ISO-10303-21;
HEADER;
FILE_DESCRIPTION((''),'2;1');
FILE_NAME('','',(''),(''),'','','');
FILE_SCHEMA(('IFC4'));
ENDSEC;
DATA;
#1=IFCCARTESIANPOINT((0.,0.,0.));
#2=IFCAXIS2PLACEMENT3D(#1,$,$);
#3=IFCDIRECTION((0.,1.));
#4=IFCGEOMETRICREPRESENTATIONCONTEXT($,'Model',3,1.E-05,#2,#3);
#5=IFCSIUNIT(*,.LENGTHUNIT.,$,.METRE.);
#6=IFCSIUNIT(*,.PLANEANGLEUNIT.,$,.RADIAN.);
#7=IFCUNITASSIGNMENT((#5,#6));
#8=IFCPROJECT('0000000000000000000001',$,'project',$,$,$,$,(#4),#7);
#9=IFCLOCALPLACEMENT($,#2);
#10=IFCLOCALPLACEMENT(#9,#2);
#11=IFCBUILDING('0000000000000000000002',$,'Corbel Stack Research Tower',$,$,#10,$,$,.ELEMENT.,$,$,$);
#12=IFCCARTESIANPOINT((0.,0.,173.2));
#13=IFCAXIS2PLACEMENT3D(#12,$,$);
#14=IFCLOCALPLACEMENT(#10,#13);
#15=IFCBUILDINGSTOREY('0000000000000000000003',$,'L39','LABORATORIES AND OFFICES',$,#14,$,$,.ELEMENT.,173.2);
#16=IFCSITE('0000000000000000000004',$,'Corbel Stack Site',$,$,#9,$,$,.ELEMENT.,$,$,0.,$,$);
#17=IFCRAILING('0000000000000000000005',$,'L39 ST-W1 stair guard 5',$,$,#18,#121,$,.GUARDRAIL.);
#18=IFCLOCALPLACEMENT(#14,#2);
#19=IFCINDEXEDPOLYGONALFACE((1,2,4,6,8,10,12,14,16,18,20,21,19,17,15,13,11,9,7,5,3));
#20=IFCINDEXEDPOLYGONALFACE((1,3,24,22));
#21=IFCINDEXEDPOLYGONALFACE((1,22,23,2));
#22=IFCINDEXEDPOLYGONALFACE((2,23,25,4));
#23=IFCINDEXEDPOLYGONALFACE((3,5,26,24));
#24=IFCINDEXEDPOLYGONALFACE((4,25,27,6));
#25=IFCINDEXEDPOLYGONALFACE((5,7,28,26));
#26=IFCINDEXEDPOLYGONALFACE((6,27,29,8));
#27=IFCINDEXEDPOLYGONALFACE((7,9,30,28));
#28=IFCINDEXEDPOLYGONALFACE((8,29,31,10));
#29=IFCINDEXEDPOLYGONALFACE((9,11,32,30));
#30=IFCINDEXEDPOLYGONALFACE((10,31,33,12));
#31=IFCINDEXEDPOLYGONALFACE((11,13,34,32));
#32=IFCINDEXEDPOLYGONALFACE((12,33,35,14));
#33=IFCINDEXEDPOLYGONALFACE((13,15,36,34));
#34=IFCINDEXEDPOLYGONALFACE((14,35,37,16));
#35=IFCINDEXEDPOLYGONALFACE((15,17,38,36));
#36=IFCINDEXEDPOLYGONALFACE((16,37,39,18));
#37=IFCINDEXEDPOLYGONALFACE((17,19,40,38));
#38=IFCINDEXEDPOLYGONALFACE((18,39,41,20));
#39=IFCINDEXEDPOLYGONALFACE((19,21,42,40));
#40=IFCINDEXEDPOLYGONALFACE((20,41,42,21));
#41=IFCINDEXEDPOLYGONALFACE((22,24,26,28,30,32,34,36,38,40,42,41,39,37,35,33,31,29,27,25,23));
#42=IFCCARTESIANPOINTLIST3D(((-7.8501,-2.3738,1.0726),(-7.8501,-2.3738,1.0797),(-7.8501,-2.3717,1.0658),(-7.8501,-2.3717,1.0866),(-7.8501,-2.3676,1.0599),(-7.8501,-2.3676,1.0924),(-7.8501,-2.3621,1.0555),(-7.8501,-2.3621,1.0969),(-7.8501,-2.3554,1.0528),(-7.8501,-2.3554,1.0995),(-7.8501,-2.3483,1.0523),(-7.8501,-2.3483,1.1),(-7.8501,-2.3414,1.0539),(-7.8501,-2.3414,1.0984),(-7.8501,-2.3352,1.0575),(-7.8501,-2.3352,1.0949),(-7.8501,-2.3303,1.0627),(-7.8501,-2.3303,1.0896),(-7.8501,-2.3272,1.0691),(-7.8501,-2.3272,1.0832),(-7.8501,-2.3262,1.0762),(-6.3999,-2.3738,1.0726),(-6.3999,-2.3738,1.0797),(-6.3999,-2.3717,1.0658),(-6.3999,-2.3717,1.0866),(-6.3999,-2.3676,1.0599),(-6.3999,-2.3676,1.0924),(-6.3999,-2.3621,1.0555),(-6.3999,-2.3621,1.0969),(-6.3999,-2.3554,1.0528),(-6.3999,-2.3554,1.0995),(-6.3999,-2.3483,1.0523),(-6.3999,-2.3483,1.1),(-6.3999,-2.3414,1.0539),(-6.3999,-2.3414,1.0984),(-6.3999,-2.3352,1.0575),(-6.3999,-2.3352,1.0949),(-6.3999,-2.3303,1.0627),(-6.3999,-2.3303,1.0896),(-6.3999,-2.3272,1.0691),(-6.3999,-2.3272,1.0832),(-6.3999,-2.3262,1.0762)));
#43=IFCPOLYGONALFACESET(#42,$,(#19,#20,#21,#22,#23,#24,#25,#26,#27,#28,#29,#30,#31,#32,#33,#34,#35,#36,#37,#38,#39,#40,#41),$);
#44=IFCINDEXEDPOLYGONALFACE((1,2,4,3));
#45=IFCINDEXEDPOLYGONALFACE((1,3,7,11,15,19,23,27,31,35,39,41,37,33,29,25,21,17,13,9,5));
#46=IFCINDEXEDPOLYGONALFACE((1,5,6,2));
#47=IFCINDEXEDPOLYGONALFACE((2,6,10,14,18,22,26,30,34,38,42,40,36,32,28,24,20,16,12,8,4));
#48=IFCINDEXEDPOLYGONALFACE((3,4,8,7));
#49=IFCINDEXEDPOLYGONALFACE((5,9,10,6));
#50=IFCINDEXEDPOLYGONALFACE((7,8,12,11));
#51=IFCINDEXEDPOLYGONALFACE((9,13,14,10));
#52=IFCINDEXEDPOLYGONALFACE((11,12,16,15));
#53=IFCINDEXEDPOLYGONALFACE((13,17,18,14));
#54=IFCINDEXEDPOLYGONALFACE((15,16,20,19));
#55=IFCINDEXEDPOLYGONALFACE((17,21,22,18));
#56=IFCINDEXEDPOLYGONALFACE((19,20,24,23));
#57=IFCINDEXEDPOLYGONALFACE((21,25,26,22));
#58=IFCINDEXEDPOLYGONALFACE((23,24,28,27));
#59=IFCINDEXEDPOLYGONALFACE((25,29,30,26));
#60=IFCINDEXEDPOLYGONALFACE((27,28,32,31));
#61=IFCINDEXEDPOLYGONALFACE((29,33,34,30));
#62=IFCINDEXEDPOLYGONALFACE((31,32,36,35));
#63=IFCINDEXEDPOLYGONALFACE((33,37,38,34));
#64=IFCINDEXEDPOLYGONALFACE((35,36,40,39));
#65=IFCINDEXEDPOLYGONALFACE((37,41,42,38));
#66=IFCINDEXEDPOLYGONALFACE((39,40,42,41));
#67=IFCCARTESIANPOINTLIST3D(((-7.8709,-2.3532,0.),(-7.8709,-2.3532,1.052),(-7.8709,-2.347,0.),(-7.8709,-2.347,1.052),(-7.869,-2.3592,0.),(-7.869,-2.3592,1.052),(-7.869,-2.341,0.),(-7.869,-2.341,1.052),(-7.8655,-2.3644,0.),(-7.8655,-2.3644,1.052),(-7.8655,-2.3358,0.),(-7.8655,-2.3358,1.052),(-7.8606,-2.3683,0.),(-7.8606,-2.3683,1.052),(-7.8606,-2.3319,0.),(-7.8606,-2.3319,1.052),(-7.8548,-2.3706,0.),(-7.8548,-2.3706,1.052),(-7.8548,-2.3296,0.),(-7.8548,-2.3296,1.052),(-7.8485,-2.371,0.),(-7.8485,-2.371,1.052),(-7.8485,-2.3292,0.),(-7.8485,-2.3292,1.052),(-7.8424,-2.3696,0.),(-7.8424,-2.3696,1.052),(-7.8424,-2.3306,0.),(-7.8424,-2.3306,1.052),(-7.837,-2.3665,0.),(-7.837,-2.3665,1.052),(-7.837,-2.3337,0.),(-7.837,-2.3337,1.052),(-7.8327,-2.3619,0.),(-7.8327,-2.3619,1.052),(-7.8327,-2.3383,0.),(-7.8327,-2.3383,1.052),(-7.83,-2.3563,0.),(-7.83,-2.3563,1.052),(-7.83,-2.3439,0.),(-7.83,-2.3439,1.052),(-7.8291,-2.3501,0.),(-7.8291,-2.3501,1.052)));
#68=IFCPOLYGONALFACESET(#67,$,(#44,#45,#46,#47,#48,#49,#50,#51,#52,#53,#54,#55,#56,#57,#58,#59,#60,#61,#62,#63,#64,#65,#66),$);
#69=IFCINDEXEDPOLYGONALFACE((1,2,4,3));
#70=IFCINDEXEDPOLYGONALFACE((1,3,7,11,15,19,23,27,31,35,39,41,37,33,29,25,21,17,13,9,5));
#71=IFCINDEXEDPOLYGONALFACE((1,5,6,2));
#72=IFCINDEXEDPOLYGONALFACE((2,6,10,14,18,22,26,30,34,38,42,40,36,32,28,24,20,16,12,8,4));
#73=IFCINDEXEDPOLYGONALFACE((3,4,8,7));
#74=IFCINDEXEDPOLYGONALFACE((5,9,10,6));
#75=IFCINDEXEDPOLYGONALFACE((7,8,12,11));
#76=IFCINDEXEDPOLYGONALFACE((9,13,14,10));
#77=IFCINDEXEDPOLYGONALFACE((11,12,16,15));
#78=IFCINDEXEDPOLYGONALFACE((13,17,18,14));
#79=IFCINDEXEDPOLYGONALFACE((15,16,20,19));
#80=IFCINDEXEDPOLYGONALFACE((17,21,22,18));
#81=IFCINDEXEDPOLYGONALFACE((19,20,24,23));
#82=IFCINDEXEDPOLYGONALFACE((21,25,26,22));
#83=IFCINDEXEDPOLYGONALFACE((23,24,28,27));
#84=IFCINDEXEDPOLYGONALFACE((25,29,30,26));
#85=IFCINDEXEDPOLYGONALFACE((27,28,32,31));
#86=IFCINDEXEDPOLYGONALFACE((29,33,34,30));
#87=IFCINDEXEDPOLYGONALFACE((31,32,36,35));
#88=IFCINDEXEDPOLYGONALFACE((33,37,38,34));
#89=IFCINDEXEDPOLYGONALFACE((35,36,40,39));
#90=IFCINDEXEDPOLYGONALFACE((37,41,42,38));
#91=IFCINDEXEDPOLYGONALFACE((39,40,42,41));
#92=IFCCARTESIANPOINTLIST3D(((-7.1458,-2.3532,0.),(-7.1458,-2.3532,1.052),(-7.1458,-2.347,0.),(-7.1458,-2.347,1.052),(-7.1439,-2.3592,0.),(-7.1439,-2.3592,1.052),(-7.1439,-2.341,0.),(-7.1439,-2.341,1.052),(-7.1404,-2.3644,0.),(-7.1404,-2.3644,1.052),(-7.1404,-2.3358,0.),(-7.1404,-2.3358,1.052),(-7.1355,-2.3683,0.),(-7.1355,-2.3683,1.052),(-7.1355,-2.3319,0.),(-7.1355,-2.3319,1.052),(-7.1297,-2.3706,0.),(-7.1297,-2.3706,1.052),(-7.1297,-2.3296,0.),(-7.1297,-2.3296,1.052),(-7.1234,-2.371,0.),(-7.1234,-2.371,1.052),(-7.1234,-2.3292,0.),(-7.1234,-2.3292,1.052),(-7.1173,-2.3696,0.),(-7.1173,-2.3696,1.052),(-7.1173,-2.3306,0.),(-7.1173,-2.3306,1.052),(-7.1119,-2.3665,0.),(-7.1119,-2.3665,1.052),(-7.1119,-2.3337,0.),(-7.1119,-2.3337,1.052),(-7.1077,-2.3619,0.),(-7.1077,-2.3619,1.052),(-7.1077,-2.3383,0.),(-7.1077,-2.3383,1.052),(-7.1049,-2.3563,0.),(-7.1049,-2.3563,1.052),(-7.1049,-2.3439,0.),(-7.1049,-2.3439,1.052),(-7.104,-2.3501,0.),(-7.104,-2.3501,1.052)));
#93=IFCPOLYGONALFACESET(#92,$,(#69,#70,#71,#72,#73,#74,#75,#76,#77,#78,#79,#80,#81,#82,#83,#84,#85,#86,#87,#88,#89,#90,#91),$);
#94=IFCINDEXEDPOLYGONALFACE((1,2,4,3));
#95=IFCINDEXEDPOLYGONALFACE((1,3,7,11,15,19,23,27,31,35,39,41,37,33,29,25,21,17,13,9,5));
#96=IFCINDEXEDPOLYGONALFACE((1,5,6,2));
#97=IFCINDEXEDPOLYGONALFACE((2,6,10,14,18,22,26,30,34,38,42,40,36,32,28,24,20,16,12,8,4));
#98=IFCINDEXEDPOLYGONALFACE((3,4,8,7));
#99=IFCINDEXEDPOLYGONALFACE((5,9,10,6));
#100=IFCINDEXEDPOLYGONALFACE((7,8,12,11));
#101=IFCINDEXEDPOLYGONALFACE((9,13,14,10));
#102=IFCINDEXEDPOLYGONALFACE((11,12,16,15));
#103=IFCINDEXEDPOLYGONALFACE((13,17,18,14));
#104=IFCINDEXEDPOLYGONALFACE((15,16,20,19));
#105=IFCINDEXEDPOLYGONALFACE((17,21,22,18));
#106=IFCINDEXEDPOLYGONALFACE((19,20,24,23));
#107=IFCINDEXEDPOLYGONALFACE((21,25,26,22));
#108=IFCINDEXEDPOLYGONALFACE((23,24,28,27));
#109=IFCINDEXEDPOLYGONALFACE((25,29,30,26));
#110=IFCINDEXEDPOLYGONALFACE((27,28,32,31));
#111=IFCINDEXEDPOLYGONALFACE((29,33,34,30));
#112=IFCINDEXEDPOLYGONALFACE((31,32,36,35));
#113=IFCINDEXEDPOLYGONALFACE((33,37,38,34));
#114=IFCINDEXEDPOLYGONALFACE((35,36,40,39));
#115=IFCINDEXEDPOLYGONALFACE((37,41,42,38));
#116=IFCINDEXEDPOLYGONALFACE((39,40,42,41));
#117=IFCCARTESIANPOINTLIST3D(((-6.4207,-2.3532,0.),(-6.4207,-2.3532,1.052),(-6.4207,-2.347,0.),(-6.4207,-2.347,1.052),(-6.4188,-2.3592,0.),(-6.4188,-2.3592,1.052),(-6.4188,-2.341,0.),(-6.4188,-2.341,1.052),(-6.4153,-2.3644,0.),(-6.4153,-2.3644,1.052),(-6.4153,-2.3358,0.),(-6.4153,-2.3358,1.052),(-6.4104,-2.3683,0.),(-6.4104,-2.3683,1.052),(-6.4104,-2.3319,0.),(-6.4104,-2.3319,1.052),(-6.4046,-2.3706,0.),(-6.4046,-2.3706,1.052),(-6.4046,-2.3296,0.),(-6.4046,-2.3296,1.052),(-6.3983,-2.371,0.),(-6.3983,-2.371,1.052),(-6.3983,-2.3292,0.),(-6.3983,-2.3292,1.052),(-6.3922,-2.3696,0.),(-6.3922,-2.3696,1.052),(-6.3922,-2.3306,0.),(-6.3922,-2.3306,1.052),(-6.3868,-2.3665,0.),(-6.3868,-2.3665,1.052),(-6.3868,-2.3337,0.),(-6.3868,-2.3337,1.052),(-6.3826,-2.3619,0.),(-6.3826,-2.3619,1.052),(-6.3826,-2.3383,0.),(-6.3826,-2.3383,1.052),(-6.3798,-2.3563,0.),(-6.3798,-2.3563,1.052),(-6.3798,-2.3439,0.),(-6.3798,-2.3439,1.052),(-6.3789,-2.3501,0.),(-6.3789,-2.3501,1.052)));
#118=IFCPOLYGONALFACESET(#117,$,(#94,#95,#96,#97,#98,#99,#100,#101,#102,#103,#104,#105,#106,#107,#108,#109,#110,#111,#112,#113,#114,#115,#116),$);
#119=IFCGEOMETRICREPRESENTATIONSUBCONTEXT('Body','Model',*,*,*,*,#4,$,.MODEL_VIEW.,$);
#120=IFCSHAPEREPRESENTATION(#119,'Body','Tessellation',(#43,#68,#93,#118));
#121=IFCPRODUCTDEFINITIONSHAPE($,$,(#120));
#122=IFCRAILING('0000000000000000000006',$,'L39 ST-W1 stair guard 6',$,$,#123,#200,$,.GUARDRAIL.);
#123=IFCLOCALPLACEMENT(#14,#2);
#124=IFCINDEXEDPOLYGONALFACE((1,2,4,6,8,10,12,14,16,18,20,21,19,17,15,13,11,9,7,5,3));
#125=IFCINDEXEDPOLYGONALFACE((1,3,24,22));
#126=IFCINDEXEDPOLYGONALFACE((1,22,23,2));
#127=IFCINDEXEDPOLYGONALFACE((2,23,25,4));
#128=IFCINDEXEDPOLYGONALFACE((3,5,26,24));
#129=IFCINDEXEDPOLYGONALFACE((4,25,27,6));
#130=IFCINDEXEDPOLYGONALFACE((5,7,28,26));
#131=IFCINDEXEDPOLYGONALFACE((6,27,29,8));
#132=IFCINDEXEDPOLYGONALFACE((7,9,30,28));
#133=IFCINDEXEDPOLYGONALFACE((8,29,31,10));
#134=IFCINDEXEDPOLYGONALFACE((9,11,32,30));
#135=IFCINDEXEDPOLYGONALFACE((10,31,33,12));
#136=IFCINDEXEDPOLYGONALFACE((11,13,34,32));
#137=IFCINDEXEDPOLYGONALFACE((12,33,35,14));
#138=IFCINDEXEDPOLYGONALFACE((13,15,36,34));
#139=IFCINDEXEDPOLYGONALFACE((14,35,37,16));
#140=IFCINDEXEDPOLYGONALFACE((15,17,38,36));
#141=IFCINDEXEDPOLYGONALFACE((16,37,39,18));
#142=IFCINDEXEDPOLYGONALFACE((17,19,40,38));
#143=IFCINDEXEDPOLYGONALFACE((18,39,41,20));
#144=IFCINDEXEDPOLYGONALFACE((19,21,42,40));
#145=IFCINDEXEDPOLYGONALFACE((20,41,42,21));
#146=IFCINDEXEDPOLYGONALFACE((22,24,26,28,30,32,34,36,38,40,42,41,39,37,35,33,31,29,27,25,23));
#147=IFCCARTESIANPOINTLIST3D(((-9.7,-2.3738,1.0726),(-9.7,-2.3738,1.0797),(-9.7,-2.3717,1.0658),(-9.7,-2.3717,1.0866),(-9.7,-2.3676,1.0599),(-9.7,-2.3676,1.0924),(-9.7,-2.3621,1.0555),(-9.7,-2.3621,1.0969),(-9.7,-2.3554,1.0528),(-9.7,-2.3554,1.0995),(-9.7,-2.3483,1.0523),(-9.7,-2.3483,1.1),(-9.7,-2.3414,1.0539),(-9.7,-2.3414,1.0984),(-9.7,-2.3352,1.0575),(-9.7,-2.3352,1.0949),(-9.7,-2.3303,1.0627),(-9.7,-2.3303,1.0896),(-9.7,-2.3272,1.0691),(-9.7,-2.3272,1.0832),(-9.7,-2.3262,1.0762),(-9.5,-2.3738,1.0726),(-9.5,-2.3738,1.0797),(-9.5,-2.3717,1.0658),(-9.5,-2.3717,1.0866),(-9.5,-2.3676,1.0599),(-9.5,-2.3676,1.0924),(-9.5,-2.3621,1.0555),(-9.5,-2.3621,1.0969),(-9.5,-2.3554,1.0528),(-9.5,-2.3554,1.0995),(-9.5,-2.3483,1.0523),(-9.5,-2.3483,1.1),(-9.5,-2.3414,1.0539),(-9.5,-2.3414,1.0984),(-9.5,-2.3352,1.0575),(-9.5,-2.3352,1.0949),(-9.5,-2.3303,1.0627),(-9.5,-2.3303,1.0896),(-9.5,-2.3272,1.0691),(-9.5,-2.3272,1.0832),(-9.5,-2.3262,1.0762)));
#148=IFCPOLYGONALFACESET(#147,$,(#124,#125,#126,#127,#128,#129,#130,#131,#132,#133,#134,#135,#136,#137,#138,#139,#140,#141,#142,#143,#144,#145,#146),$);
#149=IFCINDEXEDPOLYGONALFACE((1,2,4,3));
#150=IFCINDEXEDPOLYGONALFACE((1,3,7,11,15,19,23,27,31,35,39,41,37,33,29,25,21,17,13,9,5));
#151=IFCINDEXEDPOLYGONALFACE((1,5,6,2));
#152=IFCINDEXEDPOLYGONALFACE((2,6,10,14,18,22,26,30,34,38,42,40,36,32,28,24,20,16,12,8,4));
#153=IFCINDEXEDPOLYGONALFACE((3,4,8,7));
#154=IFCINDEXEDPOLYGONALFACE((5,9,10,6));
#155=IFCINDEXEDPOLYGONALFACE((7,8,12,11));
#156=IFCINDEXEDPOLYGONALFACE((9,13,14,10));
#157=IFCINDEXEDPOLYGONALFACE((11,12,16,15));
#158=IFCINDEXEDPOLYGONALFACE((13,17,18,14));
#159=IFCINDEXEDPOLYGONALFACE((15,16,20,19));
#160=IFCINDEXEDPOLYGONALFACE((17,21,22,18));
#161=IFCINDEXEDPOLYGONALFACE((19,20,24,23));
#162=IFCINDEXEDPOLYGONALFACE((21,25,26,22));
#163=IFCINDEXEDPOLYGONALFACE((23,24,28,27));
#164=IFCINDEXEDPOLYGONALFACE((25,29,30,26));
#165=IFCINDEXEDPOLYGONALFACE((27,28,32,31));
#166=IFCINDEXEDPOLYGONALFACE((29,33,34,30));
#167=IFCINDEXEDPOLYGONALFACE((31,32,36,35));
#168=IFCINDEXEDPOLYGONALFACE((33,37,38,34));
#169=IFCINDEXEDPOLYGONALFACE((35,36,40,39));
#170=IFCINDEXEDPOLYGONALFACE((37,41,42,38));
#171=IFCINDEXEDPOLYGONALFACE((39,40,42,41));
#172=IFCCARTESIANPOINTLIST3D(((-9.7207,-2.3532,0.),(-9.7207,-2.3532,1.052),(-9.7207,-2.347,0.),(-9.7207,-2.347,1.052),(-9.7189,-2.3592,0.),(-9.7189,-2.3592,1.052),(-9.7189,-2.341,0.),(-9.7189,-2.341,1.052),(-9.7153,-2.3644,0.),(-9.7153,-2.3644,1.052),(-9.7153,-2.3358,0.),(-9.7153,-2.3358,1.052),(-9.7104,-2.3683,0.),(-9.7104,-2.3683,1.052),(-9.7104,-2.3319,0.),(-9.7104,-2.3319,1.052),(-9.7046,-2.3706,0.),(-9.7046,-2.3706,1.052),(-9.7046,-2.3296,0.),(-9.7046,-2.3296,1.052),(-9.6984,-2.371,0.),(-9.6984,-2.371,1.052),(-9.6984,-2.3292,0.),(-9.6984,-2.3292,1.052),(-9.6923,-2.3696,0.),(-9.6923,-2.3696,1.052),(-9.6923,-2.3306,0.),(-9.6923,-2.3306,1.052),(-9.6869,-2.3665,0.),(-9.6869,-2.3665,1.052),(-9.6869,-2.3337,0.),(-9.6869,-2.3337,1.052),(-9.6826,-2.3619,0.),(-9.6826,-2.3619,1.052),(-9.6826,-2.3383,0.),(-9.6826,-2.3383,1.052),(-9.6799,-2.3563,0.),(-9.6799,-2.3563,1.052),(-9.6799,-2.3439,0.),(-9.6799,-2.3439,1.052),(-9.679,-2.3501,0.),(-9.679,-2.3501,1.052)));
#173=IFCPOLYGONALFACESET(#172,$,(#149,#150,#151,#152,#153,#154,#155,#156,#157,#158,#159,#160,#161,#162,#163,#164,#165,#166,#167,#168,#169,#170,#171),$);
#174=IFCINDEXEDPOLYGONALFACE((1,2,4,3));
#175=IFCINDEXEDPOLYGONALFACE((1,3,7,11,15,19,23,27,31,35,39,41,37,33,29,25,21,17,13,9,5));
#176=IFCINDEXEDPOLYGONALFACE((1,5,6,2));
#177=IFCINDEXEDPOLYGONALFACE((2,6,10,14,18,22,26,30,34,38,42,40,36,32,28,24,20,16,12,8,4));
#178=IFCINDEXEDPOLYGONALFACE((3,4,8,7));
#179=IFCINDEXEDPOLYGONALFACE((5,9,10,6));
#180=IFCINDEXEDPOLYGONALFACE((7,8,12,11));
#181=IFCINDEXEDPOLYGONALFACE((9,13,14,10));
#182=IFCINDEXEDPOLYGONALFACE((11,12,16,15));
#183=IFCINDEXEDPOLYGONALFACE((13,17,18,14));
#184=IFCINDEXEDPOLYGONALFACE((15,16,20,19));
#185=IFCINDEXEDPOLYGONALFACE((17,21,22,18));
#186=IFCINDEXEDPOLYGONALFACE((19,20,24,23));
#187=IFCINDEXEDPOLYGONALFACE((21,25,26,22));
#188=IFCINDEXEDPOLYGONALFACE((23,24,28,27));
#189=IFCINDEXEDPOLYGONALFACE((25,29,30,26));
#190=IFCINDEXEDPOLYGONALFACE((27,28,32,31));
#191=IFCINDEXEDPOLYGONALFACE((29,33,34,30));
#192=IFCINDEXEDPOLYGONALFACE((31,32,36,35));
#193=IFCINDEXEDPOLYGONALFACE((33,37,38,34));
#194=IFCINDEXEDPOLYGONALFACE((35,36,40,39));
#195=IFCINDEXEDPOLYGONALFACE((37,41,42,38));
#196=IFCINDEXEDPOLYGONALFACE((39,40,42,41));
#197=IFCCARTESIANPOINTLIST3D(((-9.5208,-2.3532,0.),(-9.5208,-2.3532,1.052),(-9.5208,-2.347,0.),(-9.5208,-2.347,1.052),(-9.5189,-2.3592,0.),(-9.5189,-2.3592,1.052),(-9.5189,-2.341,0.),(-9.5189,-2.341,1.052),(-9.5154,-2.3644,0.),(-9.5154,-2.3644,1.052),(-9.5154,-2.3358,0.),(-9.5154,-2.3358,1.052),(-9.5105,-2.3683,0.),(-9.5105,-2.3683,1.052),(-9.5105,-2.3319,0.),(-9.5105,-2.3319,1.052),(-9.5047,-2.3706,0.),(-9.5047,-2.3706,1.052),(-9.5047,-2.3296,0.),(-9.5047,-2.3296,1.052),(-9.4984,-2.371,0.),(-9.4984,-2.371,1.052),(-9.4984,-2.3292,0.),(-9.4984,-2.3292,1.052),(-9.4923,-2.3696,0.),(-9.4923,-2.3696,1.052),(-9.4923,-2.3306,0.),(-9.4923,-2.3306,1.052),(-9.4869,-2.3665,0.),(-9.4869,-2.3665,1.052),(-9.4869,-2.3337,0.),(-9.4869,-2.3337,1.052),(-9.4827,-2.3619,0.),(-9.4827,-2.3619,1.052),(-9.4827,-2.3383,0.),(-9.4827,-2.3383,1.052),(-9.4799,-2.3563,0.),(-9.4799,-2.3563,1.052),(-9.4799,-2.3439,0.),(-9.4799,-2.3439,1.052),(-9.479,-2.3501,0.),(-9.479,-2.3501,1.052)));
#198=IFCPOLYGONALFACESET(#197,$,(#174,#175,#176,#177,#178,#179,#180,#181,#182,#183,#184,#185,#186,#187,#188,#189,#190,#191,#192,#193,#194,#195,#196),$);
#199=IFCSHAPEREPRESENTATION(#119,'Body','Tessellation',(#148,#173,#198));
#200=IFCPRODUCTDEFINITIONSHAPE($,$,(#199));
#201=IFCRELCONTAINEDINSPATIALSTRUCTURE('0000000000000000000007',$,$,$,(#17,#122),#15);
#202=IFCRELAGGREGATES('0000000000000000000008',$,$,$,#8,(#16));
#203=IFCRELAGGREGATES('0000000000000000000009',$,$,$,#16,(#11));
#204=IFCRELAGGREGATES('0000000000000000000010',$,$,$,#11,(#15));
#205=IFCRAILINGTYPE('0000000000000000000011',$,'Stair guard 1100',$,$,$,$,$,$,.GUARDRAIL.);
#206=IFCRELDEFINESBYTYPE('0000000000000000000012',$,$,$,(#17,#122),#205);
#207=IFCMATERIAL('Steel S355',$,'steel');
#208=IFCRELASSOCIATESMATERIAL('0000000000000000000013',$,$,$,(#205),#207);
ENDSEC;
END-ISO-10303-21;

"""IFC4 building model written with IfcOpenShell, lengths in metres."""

from ifc_helpers import new_model, si_unit, direction, frame, origin, origin_2d, place, context, subcontext, project, spatial, circle, extrude, material, type_object, element, save


model = new_model("IFC4")

# Units and contexts
model_context = context("Model", 3, precision=1e-05, world=origin(), true_north=direction((0.0, 1.0)))
body_context = subcontext(model_context, "Body", "Model", "MODEL_VIEW")
ifc_project = project(units=[si_unit("LENGTHUNIT", "METRE"), si_unit("PLANEANGLEUNIT", "RADIAN")], contexts=[model_context])

# Site, building, storey
site_placement = place(None, origin())
site = spatial("IfcSite", under=ifc_project, at=site_placement, Name="Corbel Stack Site", CompositionType="ELEMENT", RefElevation=0.0)
building_placement = place(site_placement, origin())
building = spatial("IfcBuilding", under=site, at=building_placement, Name="Corbel Stack Research Tower", CompositionType="ELEMENT")
storey_placement = place(building_placement, frame((0.0, 0.0, 173.2)))
storey = spatial("IfcBuildingStorey", under=building, at=storey_placement, Name="L39", Description="LABORATORIES AND OFFICES", CompositionType="ELEMENT", Elevation=173.2)

# Railings
ifc_material_1 = material(Name="Steel S355", Category="steel")
railing_type_1 = type_object("IfcRailingType", Name="Stair guard 1100", PredefinedType="GUARDRAIL", material=ifc_material_1)
railing_1_placement = place(storey_placement, frame((-7.8501, -2.3501, 0.0)))
element("IfcRailing", 1, at=railing_1_placement, inside=storey, type_object=railing_type_1, Name="L39 ST-W1 stair guard 5", PredefinedType="GUARDRAIL", context=body_context, shape_type="SweptSolid", body=[
    extrude(circle(Radius=0.0239, at=origin_2d()), frame((0.0, 0.0, 1.0762), z_axis=(1.0, 0.0, 0.0), x_axis=(0.0, 1.0, 0.0)), (0.0, 0.0, 1.0), 1.4502),
    extrude(circle(Radius=0.021, at=origin_2d()), origin(), (0.0, 0.0, 1.0), 1.052),
    extrude(circle(Radius=0.021, at=origin_2d()), frame((0.7251, 0.0, 0.0)), (0.0, 0.0, 1.0), 1.052),
    extrude(circle(Radius=0.021, at=origin_2d()), frame((1.4502, 0.0, 0.0)), (0.0, 0.0, 1.0), 1.052),
])
railing_2_placement = place(storey_placement, frame((-9.7, -2.3501, 0.0)))
element("IfcRailing", 2, at=railing_2_placement, inside=storey, type_object=railing_type_1, Name="L39 ST-W1 stair guard 6", PredefinedType="GUARDRAIL", context=body_context, shape_type="SweptSolid", body=[
    extrude(circle(Radius=0.0239, at=origin_2d()), frame((0.0, 0.0, 1.0762), z_axis=(1.0, 0.0, 0.0), x_axis=(0.0, 1.0, 0.0)), (0.0, 0.0, 1.0), 0.2),
    extrude(circle(Radius=0.021, at=origin_2d()), origin(), (0.0, 0.0, 1.0), 1.052),
    extrude(circle(Radius=0.021, at=origin_2d()), frame((0.2, 0.0, 0.0)), (0.0, 0.0, 1.0), 1.052),
])

save(model, "model.ifc")
